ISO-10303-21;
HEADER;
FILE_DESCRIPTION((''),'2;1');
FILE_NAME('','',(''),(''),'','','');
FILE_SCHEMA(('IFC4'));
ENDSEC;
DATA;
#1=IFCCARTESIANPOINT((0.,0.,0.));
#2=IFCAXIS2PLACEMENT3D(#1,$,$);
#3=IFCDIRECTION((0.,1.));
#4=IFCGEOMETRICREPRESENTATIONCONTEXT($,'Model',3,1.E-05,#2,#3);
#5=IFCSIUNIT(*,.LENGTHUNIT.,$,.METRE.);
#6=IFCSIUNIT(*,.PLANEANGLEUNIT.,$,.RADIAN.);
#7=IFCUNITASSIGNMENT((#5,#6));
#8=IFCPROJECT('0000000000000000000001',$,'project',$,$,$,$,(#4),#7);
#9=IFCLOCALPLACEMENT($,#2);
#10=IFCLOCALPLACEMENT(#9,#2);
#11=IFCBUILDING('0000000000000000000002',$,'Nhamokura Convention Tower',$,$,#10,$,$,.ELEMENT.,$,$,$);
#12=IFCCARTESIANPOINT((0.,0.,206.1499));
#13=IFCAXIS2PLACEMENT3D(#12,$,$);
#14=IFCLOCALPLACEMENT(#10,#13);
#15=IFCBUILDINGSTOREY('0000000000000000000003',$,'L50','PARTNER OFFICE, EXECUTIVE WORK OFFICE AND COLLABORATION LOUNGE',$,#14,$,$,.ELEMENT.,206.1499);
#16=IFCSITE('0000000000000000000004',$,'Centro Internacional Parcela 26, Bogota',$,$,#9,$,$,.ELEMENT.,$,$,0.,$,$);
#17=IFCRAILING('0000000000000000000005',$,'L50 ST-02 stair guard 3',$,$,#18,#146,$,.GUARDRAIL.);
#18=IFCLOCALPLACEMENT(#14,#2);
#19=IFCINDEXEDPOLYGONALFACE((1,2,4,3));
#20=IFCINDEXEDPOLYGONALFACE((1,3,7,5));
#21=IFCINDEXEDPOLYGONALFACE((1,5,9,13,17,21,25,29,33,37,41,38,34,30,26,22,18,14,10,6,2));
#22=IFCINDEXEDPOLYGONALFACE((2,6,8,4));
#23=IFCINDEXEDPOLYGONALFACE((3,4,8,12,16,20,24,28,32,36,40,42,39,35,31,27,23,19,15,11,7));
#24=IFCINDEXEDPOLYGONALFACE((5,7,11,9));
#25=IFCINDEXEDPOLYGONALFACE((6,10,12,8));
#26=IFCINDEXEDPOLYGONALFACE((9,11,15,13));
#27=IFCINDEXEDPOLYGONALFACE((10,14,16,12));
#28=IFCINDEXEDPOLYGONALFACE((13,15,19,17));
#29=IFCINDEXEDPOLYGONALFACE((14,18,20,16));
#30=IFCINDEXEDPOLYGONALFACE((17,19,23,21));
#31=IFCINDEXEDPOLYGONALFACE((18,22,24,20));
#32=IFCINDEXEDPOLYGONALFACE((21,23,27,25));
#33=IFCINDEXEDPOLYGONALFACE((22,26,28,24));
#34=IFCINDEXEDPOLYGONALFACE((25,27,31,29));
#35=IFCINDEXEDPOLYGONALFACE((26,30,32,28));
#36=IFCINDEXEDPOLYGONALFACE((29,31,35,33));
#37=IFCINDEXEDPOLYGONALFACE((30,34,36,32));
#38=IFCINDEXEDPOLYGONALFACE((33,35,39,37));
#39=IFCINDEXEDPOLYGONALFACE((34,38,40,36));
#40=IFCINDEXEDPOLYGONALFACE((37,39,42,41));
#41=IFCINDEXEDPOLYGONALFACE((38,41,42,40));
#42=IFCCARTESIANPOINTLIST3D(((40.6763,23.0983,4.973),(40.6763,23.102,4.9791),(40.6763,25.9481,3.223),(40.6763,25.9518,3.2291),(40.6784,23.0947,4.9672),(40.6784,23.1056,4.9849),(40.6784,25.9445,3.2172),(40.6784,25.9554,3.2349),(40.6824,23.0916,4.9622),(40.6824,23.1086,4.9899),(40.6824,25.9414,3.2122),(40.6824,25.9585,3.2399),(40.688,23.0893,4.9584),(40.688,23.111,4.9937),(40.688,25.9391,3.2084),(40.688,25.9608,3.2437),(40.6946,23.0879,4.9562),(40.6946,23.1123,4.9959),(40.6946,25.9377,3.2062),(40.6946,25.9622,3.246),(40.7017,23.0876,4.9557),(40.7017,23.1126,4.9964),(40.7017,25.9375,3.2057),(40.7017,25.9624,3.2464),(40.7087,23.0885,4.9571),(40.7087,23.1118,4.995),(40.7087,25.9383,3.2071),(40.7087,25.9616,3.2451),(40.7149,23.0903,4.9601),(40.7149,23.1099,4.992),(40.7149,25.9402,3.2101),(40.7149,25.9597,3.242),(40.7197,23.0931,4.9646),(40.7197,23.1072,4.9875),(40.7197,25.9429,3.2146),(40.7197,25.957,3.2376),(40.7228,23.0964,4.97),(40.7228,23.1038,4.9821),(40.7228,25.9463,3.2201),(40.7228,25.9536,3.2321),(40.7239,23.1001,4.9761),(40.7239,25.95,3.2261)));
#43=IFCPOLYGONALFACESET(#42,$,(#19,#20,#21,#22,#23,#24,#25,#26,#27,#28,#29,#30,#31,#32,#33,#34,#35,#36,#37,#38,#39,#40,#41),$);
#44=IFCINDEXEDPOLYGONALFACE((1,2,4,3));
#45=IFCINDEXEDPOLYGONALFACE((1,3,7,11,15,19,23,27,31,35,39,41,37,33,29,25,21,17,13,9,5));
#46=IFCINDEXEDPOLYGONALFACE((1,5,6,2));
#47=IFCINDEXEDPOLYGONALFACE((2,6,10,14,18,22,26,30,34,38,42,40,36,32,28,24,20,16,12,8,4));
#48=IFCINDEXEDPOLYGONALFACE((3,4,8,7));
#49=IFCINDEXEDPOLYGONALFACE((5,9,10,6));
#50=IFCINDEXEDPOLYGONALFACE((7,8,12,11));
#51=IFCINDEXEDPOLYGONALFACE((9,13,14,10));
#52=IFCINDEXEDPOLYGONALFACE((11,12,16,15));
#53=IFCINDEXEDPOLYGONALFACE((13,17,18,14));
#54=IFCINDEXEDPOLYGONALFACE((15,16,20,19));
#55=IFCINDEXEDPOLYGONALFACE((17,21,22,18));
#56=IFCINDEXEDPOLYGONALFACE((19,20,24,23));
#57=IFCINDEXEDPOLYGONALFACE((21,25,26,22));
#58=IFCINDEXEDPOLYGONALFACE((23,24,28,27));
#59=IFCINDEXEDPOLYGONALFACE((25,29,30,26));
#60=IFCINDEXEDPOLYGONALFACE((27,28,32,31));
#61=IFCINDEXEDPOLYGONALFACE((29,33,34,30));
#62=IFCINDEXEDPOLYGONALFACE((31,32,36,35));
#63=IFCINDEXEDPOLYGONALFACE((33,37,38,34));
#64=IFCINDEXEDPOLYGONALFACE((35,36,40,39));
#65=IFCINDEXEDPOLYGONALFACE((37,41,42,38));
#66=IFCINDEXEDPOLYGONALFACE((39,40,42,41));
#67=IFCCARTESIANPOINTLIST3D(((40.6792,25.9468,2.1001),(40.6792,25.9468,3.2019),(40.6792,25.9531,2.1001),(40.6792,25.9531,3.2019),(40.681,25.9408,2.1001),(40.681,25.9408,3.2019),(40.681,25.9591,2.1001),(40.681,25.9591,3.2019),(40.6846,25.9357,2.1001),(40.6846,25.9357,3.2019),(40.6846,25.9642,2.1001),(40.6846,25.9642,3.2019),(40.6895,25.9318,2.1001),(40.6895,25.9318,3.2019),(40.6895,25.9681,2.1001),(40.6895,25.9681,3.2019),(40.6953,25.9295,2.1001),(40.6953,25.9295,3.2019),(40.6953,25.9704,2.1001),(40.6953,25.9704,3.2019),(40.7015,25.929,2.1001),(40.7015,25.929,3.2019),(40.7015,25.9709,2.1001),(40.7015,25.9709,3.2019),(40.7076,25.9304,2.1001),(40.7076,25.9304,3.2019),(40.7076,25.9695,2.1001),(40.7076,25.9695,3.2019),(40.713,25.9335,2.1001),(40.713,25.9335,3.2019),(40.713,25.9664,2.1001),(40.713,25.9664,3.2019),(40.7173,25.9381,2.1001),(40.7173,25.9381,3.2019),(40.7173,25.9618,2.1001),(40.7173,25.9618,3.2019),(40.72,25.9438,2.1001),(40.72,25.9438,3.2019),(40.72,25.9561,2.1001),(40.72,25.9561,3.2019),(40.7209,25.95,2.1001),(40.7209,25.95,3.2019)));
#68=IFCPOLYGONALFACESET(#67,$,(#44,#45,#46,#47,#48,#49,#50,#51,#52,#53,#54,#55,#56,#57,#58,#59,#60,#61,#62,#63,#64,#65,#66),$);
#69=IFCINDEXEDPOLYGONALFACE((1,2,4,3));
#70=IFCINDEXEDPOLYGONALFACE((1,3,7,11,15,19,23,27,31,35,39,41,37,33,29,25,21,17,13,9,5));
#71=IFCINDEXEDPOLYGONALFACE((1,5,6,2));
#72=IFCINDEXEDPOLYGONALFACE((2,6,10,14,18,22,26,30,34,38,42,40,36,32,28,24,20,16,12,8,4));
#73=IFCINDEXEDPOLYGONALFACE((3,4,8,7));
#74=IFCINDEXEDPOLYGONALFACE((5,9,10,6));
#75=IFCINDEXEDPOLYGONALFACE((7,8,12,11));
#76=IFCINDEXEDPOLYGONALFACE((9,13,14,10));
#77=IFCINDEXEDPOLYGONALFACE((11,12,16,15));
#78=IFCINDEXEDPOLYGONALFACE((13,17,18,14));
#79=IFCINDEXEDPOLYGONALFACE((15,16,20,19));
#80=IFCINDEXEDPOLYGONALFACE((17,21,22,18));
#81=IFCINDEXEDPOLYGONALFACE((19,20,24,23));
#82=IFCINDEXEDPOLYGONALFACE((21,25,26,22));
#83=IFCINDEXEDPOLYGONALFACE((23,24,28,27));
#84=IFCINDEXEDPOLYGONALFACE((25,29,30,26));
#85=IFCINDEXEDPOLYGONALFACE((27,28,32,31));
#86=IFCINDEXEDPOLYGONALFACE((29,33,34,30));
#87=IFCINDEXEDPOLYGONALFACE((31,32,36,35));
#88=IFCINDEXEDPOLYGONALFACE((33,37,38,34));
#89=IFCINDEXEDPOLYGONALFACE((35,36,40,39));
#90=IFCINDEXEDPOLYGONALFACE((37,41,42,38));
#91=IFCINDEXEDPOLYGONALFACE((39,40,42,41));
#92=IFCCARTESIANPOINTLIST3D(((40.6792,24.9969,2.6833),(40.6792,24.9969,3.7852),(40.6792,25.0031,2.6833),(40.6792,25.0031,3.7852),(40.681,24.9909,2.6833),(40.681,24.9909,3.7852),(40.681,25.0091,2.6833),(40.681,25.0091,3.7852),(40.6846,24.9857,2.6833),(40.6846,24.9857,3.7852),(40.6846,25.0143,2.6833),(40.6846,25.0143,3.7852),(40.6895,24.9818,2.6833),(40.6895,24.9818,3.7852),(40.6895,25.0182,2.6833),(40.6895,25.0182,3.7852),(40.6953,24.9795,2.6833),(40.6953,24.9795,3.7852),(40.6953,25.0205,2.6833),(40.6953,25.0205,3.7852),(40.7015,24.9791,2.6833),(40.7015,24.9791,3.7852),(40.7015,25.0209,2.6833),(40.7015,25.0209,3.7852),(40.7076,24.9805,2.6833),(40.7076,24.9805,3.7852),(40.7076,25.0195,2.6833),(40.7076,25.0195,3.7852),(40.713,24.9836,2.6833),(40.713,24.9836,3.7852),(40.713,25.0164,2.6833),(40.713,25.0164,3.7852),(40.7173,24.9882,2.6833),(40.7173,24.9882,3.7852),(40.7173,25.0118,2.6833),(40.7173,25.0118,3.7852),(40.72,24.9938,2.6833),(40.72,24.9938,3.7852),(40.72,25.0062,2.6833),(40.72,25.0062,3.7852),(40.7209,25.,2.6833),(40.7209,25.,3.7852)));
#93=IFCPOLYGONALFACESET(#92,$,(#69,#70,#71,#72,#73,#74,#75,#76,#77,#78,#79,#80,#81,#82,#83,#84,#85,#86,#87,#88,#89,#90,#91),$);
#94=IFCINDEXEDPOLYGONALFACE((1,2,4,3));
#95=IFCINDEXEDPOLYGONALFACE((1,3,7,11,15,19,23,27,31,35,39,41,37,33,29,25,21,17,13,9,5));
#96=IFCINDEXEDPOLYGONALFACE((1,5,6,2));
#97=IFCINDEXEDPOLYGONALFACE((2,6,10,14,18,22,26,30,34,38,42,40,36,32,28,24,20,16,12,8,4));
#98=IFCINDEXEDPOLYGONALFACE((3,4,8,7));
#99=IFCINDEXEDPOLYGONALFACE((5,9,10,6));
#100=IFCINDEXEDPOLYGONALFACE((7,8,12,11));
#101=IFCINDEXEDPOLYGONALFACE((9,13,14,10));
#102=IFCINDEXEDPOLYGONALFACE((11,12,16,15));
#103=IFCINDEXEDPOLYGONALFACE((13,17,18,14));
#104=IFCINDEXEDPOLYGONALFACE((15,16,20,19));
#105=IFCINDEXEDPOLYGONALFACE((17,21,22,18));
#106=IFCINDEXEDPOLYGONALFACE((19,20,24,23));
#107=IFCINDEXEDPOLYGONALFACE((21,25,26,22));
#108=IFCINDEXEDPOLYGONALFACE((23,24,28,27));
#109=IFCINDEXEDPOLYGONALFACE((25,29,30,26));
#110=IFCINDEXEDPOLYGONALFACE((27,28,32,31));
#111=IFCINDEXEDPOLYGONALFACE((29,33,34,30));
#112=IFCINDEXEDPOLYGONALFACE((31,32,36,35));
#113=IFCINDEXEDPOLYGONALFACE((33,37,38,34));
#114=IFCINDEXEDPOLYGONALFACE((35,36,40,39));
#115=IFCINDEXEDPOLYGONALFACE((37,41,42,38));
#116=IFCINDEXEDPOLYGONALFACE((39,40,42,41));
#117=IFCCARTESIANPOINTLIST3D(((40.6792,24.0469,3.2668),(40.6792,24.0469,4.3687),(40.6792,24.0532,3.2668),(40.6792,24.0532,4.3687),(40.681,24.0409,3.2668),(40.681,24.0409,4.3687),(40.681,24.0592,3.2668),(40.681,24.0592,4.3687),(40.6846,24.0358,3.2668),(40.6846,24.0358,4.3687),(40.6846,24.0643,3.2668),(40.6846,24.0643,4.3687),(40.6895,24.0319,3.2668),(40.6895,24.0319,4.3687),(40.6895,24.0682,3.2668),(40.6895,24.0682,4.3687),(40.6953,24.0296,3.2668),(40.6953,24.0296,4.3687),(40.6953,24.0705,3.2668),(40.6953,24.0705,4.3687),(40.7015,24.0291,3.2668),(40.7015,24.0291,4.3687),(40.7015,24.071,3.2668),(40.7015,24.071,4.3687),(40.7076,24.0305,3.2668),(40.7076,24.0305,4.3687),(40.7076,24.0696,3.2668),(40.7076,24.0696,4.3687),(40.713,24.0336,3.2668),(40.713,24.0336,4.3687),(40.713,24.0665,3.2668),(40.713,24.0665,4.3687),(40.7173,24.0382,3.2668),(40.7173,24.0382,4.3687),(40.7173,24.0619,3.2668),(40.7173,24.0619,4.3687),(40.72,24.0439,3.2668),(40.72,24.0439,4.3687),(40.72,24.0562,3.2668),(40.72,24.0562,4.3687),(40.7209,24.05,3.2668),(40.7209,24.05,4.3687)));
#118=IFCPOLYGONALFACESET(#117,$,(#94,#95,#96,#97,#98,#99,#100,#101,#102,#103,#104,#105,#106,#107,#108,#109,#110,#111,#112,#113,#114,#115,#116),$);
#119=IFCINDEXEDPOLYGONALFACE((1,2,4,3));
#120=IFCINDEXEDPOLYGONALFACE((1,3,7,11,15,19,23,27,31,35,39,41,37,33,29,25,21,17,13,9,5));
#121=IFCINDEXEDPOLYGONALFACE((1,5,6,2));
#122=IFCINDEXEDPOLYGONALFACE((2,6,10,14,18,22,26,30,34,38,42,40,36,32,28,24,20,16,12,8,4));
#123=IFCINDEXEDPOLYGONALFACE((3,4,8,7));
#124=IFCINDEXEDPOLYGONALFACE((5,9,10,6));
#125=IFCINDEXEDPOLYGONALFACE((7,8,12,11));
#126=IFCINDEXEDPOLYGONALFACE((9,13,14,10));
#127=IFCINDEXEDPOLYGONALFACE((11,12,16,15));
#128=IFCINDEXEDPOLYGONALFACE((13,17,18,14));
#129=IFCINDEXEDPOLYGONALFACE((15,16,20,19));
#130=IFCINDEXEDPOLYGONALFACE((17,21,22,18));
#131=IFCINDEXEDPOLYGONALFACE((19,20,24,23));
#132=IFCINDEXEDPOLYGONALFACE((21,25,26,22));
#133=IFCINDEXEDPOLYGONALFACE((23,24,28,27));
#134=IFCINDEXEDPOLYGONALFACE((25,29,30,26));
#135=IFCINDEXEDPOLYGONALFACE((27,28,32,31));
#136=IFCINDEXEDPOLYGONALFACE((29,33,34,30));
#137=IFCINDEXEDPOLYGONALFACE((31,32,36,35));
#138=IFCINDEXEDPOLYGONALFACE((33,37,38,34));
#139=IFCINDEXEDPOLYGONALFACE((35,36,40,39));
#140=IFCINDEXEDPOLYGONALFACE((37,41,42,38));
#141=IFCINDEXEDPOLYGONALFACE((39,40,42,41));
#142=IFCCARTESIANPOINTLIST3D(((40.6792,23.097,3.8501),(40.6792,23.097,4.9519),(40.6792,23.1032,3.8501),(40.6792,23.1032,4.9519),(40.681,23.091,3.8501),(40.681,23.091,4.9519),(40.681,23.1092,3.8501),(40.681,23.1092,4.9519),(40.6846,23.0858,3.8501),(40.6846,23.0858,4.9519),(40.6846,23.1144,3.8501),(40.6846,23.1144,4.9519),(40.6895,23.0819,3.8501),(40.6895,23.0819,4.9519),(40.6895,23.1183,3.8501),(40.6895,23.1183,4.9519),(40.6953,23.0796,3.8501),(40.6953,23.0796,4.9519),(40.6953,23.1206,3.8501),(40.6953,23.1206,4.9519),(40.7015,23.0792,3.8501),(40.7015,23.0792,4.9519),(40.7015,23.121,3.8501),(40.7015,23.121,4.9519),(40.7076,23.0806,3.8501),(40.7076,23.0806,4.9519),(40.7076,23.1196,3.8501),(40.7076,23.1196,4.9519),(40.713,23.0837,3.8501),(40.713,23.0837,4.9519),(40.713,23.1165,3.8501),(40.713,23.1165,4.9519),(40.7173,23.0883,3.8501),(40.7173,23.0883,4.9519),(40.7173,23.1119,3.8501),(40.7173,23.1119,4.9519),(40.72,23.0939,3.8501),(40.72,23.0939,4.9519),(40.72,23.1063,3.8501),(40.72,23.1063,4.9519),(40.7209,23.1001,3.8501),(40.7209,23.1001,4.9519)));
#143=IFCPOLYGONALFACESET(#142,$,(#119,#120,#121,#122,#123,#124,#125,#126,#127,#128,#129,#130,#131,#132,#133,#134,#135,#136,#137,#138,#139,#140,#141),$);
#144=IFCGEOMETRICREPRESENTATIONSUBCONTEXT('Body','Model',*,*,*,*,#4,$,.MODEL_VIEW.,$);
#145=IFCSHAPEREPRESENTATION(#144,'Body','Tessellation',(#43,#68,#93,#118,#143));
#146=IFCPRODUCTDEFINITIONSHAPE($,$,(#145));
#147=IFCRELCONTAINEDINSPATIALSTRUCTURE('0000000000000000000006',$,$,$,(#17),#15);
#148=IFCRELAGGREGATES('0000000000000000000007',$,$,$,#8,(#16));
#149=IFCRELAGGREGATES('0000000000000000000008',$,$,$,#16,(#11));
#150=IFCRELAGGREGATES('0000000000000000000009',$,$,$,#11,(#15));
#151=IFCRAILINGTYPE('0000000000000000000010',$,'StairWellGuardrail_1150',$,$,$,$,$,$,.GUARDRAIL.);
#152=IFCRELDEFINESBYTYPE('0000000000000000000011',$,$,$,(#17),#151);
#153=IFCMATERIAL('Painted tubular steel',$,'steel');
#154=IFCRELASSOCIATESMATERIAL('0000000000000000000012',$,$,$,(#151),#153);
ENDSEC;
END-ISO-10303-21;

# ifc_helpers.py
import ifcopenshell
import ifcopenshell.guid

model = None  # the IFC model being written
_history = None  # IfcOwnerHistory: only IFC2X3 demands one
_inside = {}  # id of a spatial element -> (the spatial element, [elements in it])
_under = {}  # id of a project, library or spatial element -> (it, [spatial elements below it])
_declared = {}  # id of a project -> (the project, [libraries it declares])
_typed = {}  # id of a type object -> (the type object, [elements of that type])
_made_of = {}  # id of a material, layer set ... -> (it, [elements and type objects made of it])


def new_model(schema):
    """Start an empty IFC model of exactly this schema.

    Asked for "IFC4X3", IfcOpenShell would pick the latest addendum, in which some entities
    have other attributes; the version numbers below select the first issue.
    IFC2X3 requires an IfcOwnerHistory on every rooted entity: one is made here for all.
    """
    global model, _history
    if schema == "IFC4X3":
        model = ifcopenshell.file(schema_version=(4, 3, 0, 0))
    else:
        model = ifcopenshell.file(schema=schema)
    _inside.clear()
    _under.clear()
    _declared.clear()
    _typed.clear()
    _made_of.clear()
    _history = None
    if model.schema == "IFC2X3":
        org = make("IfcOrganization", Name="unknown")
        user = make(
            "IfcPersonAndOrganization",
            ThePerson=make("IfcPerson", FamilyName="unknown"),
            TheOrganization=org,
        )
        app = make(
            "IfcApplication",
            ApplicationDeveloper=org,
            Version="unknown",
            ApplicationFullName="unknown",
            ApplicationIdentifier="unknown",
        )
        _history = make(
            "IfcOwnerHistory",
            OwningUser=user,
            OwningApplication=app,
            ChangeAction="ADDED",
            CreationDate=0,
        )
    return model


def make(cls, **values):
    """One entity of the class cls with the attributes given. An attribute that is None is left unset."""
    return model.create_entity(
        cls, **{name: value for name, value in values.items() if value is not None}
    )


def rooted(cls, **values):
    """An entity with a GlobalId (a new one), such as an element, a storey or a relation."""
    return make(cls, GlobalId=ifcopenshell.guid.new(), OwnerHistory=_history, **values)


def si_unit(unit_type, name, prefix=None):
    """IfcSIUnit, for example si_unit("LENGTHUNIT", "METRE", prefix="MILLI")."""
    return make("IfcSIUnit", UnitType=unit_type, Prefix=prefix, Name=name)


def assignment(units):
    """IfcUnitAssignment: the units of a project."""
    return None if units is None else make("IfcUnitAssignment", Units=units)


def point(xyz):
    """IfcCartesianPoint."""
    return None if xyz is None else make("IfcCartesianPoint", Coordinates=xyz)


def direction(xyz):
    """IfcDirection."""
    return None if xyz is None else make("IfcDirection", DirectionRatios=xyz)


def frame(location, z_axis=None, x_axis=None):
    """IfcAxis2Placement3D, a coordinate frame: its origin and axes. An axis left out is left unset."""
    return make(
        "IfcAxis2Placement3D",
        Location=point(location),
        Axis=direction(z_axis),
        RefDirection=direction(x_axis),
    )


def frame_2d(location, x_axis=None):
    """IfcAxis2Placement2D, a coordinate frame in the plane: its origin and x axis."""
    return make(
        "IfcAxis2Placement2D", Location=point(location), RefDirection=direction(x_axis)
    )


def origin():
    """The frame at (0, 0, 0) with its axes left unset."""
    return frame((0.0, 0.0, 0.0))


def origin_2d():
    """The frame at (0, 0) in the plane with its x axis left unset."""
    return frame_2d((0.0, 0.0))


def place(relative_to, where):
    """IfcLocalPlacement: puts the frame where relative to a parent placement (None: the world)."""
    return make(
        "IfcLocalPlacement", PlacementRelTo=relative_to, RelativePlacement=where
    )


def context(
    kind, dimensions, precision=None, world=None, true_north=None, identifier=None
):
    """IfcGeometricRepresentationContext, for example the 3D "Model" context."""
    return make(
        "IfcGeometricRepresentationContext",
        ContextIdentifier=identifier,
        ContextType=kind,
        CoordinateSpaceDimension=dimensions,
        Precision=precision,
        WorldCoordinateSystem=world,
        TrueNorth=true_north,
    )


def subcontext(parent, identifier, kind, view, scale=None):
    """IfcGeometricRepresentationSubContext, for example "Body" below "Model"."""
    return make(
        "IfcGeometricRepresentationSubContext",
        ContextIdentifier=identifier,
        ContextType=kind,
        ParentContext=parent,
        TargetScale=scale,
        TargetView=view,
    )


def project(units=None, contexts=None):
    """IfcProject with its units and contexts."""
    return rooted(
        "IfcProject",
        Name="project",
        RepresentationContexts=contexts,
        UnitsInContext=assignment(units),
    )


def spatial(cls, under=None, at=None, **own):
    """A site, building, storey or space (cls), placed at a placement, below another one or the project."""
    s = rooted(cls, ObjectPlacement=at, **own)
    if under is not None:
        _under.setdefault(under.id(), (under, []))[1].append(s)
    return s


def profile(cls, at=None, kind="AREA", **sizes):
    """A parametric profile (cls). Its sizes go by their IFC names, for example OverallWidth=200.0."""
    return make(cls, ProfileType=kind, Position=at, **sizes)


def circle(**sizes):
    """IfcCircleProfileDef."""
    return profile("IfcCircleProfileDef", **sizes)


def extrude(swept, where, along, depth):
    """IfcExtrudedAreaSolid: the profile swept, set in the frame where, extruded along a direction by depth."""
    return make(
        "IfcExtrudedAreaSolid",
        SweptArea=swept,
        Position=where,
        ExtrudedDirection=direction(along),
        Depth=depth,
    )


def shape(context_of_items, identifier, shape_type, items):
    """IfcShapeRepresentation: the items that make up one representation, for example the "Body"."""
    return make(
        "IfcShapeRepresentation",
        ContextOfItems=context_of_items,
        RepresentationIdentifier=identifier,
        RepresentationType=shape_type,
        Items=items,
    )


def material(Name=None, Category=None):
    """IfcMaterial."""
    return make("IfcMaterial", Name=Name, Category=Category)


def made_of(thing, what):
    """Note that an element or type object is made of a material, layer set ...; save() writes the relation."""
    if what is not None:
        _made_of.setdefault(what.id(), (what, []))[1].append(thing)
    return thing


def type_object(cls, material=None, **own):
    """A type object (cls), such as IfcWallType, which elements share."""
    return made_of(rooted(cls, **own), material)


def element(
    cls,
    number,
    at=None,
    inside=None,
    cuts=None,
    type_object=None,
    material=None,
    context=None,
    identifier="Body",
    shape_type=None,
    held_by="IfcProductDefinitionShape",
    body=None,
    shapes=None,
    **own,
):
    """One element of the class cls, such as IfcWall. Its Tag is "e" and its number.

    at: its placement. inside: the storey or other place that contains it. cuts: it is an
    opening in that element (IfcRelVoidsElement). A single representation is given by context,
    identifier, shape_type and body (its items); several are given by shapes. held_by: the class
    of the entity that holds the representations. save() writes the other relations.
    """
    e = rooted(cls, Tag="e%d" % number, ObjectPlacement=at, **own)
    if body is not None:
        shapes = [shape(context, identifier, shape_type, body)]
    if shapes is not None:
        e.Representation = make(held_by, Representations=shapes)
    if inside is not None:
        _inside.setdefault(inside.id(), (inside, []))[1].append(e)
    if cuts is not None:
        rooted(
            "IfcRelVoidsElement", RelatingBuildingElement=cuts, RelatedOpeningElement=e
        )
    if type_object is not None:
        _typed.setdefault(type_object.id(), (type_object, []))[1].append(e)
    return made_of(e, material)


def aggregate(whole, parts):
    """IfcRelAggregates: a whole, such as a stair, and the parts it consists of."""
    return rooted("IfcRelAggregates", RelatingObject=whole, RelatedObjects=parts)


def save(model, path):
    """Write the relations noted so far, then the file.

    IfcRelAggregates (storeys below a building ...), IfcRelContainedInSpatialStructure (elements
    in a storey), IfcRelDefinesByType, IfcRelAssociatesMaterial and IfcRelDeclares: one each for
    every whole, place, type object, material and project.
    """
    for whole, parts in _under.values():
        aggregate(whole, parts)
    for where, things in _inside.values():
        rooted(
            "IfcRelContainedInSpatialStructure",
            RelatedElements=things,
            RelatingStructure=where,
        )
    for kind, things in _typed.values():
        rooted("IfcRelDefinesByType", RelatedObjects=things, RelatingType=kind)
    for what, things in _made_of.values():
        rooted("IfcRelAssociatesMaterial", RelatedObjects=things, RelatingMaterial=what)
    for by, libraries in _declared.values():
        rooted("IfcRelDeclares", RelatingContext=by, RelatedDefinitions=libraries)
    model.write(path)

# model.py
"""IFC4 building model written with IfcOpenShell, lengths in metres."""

from ifc_helpers import new_model, si_unit, direction, frame, origin, origin_2d, place, context, subcontext, project, spatial, circle, extrude, material, type_object, element, save


model = new_model("IFC4")

# Units and contexts
model_context = context("Model", 3, precision=1e-05, world=origin(), true_north=direction((0.0, 1.0)))
body_context = subcontext(model_context, "Body", "Model", "MODEL_VIEW")
ifc_project = project(units=[si_unit("LENGTHUNIT", "METRE"), si_unit("PLANEANGLEUNIT", "RADIAN")], contexts=[model_context])

# Site, building, storey
site_placement = place(None, origin())
site = spatial("IfcSite", under=ifc_project, at=site_placement, Name="Centro Internacional Parcela 26, Bogota", CompositionType="ELEMENT", RefElevation=0.0)
building_placement = place(site_placement, origin())
building = spatial("IfcBuilding", under=site, at=building_placement, Name="Nhamokura Convention Tower", CompositionType="ELEMENT")
storey_placement = place(building_placement, frame((0.0, 0.0, 206.1499)))
storey = spatial("IfcBuildingStorey", under=building, at=storey_placement, Name="L50", Description="PARTNER OFFICE, EXECUTIVE WORK OFFICE AND COLLABORATION LOUNGE", CompositionType="ELEMENT", Elevation=206.1499)

# Railing
ifc_material_1 = material(Name="Painted tubular steel", Category="steel")
railing_type_1 = type_object("IfcRailingType", Name="StairWellGuardrail_1150", PredefinedType="GUARDRAIL", material=ifc_material_1)
railing_1_placement = place(storey_placement, frame((40.7, 25.95, 2.1001)))
element("IfcRailing", 1, at=railing_1_placement, inside=storey, type_object=railing_type_1, Name="L50 ST-02 stair guard 3", PredefinedType="GUARDRAIL", context=body_context, shape_type="SweptSolid", body=[
    extrude(circle(Radius=0.0239, at=origin_2d()), frame((0.0, 0.0, 1.126), z_axis=(0.0, -0.852159, 0.523283), x_axis=(1.0, 0.0, 0.0)), (0.0, 0.0, 1.0), 3.3442),
    extrude(circle(Radius=0.021, at=origin_2d()), origin(), (0.0, 0.0, 1.0), 1.1018),
    extrude(circle(Radius=0.021, at=origin_2d()), frame((0.0, -0.95, 0.5833)), (0.0, 0.0, 1.0), 1.1018),
    extrude(circle(Radius=0.021, at=origin_2d()), frame((0.0, -1.8999, 1.1667)), (0.0, 0.0, 1.0), 1.1018),
    extrude(circle(Radius=0.021, at=origin_2d()), frame((0.0, -2.8499, 1.75)), (0.0, 0.0, 1.0), 1.1018),
])

save(model, "model.ifc")
